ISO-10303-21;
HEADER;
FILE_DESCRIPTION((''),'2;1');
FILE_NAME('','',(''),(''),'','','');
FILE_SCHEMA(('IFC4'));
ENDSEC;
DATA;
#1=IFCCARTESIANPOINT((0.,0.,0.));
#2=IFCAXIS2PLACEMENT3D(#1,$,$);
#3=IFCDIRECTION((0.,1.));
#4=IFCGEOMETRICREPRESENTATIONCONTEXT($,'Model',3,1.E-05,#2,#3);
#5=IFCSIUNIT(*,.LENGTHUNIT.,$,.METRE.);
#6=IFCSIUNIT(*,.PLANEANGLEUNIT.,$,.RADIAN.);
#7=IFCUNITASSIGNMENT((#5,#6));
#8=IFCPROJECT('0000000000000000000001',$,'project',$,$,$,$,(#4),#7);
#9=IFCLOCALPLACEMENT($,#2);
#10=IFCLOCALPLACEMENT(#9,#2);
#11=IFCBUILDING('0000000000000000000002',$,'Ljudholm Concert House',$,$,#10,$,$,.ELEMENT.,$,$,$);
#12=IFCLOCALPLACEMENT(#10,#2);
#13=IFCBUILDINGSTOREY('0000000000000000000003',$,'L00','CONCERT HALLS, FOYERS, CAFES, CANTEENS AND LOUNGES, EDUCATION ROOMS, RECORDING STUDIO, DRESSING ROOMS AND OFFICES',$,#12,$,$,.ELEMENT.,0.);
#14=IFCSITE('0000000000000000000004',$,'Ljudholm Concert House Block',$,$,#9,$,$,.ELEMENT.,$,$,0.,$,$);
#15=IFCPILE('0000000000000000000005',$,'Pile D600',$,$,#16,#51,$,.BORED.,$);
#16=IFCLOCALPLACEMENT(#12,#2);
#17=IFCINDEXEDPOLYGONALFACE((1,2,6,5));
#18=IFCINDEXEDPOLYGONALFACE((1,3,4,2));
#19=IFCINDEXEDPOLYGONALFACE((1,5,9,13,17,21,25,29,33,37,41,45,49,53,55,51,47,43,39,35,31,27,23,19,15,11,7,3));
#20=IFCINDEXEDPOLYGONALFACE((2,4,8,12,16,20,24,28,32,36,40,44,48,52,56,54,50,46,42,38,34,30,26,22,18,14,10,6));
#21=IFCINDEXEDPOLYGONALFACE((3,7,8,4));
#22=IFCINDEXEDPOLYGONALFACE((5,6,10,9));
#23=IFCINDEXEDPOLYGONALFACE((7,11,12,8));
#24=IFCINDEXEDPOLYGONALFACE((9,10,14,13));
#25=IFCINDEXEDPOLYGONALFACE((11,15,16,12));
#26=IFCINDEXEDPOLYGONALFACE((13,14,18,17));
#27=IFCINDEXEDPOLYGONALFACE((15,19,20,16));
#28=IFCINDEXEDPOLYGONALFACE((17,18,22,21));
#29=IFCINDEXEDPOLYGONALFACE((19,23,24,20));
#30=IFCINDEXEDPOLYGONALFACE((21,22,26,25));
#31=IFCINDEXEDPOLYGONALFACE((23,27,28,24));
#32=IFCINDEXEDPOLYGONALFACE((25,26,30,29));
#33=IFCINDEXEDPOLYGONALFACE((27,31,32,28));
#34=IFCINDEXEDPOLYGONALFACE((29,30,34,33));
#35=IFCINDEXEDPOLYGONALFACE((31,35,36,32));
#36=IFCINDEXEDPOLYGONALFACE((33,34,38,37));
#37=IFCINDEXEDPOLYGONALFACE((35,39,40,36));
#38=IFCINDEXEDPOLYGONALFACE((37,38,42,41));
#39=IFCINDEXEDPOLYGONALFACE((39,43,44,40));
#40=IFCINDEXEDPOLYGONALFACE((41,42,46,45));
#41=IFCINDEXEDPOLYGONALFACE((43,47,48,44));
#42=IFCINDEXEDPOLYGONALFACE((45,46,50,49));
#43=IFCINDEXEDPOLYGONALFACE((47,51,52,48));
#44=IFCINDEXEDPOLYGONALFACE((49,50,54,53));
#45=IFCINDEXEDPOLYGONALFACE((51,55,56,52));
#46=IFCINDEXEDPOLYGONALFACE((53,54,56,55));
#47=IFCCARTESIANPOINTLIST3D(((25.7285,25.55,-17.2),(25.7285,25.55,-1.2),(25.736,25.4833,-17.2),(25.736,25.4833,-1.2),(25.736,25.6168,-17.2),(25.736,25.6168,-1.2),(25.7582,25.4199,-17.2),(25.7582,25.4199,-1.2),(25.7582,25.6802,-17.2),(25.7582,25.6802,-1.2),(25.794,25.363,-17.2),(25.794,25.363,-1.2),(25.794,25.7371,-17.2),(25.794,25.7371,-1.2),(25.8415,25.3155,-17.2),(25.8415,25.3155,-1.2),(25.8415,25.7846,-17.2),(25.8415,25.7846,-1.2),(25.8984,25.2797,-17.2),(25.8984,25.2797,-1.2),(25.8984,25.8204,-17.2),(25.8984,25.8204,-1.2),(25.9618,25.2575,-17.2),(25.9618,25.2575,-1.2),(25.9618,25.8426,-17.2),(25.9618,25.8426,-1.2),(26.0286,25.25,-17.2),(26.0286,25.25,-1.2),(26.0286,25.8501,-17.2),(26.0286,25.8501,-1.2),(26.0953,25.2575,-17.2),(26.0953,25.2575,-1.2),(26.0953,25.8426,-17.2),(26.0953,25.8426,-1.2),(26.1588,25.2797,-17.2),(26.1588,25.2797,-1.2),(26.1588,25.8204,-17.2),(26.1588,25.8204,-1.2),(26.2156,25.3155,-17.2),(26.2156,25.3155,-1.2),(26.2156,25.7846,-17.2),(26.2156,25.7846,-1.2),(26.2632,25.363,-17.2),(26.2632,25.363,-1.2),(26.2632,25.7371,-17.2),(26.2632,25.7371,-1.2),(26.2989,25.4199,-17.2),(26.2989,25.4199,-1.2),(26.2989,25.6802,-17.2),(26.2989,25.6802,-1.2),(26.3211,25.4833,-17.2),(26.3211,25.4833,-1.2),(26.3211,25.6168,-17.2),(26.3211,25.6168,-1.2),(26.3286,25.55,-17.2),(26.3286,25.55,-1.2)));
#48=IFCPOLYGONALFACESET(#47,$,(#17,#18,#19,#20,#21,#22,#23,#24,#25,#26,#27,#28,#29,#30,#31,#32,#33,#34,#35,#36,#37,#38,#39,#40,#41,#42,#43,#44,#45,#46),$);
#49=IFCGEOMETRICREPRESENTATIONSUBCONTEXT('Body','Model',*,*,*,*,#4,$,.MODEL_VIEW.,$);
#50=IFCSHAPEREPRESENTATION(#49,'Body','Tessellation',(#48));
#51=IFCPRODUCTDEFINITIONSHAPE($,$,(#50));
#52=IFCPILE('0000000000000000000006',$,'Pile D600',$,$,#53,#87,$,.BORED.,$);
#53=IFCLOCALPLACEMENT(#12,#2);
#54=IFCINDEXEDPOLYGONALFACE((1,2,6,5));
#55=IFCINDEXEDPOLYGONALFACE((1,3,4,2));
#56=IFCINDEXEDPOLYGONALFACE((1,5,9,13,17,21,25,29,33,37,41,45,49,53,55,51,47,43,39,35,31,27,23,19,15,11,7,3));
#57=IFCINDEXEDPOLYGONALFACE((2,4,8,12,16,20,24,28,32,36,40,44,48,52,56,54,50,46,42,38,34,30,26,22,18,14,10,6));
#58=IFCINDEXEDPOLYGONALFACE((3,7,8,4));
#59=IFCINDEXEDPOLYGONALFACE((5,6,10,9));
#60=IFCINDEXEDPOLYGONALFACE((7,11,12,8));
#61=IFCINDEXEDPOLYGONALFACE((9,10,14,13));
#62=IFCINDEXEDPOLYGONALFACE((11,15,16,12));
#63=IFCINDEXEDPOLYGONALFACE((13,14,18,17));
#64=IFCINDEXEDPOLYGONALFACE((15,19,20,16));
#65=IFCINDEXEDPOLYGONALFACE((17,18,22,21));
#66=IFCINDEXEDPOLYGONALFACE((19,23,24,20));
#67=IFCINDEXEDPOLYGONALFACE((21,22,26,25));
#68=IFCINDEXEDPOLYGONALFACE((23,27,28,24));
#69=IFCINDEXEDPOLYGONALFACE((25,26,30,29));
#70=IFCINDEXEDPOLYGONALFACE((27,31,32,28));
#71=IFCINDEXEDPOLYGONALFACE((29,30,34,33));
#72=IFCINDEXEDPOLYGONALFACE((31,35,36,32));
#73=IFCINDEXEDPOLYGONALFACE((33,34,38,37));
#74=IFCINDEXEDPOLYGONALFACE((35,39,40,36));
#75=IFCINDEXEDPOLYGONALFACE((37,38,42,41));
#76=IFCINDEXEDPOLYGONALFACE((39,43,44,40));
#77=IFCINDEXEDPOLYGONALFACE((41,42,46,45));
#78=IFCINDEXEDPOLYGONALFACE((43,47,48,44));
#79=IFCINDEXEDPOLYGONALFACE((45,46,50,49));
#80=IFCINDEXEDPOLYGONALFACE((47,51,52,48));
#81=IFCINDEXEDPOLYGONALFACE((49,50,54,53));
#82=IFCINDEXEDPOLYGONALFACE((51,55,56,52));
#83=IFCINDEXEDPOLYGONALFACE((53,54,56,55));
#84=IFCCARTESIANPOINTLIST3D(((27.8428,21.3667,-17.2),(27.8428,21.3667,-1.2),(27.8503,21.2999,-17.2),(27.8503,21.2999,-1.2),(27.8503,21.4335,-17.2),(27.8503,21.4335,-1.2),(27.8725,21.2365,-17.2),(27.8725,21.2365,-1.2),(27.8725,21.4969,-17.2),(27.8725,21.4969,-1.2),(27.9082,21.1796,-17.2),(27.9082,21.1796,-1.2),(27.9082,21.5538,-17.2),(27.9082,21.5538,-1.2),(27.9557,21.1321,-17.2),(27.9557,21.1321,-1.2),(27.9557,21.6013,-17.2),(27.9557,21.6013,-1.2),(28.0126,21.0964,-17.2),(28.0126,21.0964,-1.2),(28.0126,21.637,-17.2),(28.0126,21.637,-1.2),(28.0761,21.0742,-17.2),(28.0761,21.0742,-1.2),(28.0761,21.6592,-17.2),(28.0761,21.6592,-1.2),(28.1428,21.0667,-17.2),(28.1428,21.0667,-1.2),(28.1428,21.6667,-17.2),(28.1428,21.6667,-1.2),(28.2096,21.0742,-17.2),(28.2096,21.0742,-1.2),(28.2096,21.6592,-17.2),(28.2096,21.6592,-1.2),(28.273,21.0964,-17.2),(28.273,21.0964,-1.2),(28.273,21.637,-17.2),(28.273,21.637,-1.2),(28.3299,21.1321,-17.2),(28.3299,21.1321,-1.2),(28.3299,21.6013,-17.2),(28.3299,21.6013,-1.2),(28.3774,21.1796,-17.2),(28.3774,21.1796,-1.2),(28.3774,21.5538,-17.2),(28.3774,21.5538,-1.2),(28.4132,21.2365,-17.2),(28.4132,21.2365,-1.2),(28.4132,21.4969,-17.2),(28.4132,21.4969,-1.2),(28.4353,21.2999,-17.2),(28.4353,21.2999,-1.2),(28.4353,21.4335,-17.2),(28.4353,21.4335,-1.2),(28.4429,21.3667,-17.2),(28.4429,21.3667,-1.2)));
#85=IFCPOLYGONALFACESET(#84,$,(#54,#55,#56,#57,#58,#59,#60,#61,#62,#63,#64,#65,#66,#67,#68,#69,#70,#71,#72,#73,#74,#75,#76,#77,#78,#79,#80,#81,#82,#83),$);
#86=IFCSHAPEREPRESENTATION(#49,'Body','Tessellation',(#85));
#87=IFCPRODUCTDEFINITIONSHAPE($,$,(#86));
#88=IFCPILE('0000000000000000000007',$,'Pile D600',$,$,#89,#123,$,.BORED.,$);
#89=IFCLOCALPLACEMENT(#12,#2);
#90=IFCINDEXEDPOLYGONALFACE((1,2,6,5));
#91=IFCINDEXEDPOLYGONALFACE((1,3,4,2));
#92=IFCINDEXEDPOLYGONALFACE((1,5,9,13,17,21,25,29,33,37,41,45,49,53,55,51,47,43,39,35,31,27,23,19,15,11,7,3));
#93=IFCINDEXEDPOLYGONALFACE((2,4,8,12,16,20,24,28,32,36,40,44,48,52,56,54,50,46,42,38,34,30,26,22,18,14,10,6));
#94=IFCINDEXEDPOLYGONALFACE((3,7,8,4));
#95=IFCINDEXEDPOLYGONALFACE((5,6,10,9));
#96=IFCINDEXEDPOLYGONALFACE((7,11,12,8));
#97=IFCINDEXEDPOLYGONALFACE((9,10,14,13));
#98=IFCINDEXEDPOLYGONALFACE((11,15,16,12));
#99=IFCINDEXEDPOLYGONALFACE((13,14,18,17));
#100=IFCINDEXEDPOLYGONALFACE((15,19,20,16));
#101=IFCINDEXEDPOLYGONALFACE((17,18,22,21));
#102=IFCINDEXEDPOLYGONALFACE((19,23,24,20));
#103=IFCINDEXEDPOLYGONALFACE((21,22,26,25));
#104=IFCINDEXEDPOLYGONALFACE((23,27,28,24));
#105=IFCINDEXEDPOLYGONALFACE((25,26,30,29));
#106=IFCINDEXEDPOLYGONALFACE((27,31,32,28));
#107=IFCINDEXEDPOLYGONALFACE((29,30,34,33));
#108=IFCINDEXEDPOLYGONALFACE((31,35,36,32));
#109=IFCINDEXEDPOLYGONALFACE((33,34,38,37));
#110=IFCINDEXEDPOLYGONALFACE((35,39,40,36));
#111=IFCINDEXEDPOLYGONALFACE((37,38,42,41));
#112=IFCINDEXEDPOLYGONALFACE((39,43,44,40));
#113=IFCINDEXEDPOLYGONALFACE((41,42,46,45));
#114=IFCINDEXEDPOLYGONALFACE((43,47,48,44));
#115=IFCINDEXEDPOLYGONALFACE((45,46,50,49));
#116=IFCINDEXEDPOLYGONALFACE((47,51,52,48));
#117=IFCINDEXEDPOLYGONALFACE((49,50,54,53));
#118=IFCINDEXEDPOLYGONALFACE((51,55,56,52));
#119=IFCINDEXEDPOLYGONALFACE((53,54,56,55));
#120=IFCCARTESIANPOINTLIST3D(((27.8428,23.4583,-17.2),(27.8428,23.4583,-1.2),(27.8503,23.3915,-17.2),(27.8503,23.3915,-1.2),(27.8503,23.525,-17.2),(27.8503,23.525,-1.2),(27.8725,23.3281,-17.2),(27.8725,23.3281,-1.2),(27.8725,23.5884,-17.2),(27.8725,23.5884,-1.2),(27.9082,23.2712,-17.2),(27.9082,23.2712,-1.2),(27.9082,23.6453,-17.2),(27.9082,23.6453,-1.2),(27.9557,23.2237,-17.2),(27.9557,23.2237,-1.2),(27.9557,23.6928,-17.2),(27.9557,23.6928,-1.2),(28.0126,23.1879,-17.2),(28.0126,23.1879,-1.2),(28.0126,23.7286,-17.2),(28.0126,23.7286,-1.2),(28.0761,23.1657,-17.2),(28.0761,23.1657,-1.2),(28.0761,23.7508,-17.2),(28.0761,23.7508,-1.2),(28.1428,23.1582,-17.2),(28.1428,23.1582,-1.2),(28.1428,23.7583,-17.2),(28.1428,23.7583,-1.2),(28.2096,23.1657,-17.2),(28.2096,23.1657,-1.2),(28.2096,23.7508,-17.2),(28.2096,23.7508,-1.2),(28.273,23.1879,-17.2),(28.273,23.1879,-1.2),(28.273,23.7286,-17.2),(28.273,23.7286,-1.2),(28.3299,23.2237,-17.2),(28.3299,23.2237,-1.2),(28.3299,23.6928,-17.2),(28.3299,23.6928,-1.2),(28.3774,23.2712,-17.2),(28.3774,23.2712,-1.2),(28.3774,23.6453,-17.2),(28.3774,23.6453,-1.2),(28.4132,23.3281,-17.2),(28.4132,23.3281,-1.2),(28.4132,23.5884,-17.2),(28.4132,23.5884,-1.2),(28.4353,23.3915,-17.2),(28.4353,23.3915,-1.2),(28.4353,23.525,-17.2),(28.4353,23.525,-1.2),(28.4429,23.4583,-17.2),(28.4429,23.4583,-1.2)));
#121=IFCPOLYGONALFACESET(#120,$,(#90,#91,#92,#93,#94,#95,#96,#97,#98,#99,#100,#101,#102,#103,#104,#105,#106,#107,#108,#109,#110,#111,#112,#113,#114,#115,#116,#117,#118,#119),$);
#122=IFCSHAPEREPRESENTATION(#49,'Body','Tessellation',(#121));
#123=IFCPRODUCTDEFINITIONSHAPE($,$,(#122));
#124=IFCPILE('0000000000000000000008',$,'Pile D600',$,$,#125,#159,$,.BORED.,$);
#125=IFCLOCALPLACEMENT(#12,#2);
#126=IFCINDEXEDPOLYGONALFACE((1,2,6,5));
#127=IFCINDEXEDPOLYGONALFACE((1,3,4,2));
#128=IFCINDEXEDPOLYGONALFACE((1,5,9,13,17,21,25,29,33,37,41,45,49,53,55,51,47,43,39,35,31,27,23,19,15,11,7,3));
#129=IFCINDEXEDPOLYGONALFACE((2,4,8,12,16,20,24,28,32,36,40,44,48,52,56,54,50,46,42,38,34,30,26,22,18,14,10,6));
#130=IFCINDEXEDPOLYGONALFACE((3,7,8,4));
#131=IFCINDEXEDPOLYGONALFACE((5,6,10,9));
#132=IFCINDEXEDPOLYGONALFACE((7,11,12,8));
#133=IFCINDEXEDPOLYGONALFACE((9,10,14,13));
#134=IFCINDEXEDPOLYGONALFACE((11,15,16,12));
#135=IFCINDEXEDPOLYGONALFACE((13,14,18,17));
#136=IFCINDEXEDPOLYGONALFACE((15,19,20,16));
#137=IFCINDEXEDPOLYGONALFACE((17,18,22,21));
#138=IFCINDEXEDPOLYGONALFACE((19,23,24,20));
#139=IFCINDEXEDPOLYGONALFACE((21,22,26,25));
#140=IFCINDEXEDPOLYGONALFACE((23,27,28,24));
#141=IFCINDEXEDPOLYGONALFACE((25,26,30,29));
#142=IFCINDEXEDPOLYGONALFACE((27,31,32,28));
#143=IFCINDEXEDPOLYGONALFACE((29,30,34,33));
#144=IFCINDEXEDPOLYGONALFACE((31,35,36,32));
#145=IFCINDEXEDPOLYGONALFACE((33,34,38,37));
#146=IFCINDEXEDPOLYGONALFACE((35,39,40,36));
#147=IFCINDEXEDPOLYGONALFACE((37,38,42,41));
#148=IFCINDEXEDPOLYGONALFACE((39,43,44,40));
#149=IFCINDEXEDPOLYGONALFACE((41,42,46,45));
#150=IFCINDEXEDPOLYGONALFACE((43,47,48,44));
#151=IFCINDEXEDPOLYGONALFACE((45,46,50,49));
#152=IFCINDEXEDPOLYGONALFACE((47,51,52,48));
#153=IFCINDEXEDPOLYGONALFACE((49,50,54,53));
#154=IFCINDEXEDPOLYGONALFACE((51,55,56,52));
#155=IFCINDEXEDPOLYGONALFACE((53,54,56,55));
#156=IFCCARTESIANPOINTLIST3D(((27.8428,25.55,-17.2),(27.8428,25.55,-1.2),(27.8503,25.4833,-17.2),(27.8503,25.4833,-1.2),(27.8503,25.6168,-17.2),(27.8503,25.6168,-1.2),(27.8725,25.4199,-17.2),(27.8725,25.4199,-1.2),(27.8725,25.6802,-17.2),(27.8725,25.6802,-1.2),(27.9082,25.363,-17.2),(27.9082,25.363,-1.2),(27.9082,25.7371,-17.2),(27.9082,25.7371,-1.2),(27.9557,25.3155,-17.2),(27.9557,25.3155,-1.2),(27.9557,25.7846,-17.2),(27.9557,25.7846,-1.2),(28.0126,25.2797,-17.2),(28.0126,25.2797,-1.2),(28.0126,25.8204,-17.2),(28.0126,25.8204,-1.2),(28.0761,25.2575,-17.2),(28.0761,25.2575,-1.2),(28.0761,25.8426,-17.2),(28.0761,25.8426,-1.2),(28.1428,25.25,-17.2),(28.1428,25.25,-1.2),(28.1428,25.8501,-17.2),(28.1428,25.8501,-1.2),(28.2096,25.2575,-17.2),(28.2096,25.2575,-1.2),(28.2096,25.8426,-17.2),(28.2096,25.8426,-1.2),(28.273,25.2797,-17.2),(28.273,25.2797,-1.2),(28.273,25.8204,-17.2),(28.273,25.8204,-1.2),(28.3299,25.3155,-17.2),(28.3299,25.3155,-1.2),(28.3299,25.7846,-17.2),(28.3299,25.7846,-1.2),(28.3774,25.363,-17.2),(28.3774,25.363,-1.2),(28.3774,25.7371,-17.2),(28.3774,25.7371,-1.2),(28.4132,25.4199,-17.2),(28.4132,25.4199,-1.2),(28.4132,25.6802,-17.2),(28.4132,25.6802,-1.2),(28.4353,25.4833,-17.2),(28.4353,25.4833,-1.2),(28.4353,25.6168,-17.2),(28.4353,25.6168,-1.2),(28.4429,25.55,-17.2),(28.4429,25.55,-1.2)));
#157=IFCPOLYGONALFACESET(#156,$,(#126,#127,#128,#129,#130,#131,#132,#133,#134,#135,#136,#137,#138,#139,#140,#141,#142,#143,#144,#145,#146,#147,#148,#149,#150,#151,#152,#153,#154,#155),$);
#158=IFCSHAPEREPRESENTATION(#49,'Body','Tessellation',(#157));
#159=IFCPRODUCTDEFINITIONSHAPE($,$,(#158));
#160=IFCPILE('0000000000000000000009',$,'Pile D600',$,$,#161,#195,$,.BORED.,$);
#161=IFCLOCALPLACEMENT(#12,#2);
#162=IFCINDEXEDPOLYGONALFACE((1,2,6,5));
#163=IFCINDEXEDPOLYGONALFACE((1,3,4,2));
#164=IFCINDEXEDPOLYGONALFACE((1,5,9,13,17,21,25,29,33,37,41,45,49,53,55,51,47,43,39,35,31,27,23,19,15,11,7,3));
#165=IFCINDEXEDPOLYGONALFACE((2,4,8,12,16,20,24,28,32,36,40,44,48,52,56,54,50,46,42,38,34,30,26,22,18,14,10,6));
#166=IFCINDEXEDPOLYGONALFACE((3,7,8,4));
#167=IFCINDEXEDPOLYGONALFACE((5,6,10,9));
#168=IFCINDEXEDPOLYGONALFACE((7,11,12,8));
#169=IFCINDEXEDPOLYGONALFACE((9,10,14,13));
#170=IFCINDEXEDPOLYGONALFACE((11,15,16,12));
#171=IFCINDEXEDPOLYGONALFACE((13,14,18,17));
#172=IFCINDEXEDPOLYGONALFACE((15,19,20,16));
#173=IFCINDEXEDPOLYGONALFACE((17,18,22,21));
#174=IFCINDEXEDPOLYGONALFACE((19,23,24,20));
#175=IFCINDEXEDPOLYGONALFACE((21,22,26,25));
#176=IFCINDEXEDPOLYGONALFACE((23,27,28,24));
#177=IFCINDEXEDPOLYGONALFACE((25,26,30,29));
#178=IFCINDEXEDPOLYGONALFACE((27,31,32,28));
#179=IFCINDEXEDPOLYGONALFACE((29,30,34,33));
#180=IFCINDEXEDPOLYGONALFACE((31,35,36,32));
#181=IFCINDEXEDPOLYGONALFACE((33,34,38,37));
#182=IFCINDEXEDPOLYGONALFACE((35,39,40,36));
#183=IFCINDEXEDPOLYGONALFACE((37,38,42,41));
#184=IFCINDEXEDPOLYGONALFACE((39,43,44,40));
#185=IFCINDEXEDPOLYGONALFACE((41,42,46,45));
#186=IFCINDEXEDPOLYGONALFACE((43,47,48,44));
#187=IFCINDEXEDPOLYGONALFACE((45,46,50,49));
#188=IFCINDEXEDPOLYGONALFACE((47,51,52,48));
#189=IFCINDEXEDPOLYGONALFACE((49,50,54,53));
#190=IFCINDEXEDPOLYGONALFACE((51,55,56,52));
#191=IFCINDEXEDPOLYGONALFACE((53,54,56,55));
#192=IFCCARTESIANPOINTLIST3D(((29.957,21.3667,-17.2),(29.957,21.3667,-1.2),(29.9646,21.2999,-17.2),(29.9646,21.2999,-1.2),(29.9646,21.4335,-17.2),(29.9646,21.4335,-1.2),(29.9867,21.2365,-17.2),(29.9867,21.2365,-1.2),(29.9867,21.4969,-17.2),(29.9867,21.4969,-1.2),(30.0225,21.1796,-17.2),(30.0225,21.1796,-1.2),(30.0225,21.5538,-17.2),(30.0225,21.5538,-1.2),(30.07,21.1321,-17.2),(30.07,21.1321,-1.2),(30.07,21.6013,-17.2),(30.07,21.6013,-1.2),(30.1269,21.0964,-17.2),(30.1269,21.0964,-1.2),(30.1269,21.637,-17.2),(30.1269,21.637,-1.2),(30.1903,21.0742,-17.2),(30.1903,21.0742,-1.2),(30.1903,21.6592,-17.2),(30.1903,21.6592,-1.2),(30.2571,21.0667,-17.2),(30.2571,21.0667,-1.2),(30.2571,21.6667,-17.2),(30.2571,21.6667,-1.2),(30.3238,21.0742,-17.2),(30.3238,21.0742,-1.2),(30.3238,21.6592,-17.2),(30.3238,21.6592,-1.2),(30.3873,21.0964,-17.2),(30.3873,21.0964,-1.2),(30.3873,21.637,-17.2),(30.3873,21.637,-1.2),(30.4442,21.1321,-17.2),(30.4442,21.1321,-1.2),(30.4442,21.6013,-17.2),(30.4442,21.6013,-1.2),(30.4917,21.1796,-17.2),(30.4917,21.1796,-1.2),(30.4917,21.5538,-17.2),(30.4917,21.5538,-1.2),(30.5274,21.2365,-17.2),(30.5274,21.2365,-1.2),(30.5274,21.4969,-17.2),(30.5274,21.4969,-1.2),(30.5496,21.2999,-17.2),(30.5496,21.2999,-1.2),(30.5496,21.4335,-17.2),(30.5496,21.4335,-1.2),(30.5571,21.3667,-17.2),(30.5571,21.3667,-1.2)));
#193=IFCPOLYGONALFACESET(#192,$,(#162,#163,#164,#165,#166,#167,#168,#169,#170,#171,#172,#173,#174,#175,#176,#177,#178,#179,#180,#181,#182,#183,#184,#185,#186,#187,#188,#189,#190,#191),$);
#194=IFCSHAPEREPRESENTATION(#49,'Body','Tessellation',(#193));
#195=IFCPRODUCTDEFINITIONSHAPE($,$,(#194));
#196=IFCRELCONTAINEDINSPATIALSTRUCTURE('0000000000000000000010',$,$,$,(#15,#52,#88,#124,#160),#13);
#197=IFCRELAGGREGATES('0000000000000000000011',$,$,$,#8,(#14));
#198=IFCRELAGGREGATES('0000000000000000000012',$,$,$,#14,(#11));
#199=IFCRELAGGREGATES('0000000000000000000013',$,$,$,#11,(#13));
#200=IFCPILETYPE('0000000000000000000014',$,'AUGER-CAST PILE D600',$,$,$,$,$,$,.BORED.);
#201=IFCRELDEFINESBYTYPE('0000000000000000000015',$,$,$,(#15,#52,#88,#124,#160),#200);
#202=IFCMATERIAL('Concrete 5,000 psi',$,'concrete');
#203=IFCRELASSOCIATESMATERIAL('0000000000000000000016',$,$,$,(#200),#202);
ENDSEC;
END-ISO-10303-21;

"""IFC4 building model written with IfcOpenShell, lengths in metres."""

from ifc_helpers import new_model, si_unit, direction, frame, origin, origin_2d, place, context, subcontext, project, spatial, circle, extrude, material, material_profile, profile_set, type_object, element, save


model = new_model("IFC4")

# Units and contexts
model_context = context("Model", 3, precision=1e-05, world=origin(), true_north=direction((0.0, 1.0)))
body_context = subcontext(model_context, "Body", "Model", "MODEL_VIEW")
ifc_project = project(units=[si_unit("LENGTHUNIT", "METRE"), si_unit("PLANEANGLEUNIT", "RADIAN")], contexts=[model_context])

# Site, building, storey
site_placement = place(None, origin())
site = spatial("IfcSite", under=ifc_project, at=site_placement, Name="Ljudholm Concert House Block", CompositionType="ELEMENT", RefElevation=0.0)
building_placement = place(site_placement, origin())
building = spatial("IfcBuilding", under=site, at=building_placement, Name="Ljudholm Concert House", CompositionType="ELEMENT")
storey_placement = place(building_placement, origin())
storey = spatial("IfcBuildingStorey", under=building, at=storey_placement, Name="L00", Description="CONCERT HALLS, FOYERS, CAFES, CANTEENS AND LOUNGES, EDUCATION ROOMS, RECORDING STUDIO, DRESSING ROOMS AND OFFICES", CompositionType="ELEMENT", Elevation=0.0)

# Piles
ifc_material_1 = material(Name="Concrete 5,000 psi", Category="concrete")
ifc_material_profile = material_profile(ifc_material_1, circle(Radius=0.3, at=origin_2d()), Name="AUGER-CAST PILE D600")
ifc_profile_set = profile_set([ifc_material_profile], Name="Concrete 5,000 psi")
pile_type = type_object("IfcPileType", Name="AUGER-CAST PILE D600", PredefinedType="BORED", material=ifc_profile_set)
for number, where, z_axis, x_axis, name in (
    (1, (26.0286, 25.55, -1.2), (0.0, 0.0, -1.0), (1.0, 0.0, 0.0), "Pile D600"),
    (2, (28.1428, 21.3667, -1.2), (0.0, 0.0, -1.0), (1.0, 0.0, 0.0), "Pile D600"),
    (3, (28.1428, 23.4583, -1.2), (0.0, 0.0, -1.0), (1.0, 0.0, 0.0), "Pile D600"),
    (4, (28.1428, 25.55, -1.2), (0.0, 0.0, -1.0), (1.0, 0.0, 0.0), "Pile D600"),
    (5, (30.2571, 21.3667, -1.2), (0.0, 0.0, -1.0), (1.0, 0.0, 0.0), "Pile D600"),
):
    element("IfcPile", number, at=place(storey_placement, frame(where, z_axis=z_axis, x_axis=x_axis)), inside=storey, type_object=pile_type, Name=name, PredefinedType="BORED", context=body_context, shape_type="SweptSolid", body=[
        extrude(circle(Radius=0.3, at=origin_2d()), origin(), (0.0, 0.0, 1.0), 16.0),
    ])

save(model, "model.ifc")
